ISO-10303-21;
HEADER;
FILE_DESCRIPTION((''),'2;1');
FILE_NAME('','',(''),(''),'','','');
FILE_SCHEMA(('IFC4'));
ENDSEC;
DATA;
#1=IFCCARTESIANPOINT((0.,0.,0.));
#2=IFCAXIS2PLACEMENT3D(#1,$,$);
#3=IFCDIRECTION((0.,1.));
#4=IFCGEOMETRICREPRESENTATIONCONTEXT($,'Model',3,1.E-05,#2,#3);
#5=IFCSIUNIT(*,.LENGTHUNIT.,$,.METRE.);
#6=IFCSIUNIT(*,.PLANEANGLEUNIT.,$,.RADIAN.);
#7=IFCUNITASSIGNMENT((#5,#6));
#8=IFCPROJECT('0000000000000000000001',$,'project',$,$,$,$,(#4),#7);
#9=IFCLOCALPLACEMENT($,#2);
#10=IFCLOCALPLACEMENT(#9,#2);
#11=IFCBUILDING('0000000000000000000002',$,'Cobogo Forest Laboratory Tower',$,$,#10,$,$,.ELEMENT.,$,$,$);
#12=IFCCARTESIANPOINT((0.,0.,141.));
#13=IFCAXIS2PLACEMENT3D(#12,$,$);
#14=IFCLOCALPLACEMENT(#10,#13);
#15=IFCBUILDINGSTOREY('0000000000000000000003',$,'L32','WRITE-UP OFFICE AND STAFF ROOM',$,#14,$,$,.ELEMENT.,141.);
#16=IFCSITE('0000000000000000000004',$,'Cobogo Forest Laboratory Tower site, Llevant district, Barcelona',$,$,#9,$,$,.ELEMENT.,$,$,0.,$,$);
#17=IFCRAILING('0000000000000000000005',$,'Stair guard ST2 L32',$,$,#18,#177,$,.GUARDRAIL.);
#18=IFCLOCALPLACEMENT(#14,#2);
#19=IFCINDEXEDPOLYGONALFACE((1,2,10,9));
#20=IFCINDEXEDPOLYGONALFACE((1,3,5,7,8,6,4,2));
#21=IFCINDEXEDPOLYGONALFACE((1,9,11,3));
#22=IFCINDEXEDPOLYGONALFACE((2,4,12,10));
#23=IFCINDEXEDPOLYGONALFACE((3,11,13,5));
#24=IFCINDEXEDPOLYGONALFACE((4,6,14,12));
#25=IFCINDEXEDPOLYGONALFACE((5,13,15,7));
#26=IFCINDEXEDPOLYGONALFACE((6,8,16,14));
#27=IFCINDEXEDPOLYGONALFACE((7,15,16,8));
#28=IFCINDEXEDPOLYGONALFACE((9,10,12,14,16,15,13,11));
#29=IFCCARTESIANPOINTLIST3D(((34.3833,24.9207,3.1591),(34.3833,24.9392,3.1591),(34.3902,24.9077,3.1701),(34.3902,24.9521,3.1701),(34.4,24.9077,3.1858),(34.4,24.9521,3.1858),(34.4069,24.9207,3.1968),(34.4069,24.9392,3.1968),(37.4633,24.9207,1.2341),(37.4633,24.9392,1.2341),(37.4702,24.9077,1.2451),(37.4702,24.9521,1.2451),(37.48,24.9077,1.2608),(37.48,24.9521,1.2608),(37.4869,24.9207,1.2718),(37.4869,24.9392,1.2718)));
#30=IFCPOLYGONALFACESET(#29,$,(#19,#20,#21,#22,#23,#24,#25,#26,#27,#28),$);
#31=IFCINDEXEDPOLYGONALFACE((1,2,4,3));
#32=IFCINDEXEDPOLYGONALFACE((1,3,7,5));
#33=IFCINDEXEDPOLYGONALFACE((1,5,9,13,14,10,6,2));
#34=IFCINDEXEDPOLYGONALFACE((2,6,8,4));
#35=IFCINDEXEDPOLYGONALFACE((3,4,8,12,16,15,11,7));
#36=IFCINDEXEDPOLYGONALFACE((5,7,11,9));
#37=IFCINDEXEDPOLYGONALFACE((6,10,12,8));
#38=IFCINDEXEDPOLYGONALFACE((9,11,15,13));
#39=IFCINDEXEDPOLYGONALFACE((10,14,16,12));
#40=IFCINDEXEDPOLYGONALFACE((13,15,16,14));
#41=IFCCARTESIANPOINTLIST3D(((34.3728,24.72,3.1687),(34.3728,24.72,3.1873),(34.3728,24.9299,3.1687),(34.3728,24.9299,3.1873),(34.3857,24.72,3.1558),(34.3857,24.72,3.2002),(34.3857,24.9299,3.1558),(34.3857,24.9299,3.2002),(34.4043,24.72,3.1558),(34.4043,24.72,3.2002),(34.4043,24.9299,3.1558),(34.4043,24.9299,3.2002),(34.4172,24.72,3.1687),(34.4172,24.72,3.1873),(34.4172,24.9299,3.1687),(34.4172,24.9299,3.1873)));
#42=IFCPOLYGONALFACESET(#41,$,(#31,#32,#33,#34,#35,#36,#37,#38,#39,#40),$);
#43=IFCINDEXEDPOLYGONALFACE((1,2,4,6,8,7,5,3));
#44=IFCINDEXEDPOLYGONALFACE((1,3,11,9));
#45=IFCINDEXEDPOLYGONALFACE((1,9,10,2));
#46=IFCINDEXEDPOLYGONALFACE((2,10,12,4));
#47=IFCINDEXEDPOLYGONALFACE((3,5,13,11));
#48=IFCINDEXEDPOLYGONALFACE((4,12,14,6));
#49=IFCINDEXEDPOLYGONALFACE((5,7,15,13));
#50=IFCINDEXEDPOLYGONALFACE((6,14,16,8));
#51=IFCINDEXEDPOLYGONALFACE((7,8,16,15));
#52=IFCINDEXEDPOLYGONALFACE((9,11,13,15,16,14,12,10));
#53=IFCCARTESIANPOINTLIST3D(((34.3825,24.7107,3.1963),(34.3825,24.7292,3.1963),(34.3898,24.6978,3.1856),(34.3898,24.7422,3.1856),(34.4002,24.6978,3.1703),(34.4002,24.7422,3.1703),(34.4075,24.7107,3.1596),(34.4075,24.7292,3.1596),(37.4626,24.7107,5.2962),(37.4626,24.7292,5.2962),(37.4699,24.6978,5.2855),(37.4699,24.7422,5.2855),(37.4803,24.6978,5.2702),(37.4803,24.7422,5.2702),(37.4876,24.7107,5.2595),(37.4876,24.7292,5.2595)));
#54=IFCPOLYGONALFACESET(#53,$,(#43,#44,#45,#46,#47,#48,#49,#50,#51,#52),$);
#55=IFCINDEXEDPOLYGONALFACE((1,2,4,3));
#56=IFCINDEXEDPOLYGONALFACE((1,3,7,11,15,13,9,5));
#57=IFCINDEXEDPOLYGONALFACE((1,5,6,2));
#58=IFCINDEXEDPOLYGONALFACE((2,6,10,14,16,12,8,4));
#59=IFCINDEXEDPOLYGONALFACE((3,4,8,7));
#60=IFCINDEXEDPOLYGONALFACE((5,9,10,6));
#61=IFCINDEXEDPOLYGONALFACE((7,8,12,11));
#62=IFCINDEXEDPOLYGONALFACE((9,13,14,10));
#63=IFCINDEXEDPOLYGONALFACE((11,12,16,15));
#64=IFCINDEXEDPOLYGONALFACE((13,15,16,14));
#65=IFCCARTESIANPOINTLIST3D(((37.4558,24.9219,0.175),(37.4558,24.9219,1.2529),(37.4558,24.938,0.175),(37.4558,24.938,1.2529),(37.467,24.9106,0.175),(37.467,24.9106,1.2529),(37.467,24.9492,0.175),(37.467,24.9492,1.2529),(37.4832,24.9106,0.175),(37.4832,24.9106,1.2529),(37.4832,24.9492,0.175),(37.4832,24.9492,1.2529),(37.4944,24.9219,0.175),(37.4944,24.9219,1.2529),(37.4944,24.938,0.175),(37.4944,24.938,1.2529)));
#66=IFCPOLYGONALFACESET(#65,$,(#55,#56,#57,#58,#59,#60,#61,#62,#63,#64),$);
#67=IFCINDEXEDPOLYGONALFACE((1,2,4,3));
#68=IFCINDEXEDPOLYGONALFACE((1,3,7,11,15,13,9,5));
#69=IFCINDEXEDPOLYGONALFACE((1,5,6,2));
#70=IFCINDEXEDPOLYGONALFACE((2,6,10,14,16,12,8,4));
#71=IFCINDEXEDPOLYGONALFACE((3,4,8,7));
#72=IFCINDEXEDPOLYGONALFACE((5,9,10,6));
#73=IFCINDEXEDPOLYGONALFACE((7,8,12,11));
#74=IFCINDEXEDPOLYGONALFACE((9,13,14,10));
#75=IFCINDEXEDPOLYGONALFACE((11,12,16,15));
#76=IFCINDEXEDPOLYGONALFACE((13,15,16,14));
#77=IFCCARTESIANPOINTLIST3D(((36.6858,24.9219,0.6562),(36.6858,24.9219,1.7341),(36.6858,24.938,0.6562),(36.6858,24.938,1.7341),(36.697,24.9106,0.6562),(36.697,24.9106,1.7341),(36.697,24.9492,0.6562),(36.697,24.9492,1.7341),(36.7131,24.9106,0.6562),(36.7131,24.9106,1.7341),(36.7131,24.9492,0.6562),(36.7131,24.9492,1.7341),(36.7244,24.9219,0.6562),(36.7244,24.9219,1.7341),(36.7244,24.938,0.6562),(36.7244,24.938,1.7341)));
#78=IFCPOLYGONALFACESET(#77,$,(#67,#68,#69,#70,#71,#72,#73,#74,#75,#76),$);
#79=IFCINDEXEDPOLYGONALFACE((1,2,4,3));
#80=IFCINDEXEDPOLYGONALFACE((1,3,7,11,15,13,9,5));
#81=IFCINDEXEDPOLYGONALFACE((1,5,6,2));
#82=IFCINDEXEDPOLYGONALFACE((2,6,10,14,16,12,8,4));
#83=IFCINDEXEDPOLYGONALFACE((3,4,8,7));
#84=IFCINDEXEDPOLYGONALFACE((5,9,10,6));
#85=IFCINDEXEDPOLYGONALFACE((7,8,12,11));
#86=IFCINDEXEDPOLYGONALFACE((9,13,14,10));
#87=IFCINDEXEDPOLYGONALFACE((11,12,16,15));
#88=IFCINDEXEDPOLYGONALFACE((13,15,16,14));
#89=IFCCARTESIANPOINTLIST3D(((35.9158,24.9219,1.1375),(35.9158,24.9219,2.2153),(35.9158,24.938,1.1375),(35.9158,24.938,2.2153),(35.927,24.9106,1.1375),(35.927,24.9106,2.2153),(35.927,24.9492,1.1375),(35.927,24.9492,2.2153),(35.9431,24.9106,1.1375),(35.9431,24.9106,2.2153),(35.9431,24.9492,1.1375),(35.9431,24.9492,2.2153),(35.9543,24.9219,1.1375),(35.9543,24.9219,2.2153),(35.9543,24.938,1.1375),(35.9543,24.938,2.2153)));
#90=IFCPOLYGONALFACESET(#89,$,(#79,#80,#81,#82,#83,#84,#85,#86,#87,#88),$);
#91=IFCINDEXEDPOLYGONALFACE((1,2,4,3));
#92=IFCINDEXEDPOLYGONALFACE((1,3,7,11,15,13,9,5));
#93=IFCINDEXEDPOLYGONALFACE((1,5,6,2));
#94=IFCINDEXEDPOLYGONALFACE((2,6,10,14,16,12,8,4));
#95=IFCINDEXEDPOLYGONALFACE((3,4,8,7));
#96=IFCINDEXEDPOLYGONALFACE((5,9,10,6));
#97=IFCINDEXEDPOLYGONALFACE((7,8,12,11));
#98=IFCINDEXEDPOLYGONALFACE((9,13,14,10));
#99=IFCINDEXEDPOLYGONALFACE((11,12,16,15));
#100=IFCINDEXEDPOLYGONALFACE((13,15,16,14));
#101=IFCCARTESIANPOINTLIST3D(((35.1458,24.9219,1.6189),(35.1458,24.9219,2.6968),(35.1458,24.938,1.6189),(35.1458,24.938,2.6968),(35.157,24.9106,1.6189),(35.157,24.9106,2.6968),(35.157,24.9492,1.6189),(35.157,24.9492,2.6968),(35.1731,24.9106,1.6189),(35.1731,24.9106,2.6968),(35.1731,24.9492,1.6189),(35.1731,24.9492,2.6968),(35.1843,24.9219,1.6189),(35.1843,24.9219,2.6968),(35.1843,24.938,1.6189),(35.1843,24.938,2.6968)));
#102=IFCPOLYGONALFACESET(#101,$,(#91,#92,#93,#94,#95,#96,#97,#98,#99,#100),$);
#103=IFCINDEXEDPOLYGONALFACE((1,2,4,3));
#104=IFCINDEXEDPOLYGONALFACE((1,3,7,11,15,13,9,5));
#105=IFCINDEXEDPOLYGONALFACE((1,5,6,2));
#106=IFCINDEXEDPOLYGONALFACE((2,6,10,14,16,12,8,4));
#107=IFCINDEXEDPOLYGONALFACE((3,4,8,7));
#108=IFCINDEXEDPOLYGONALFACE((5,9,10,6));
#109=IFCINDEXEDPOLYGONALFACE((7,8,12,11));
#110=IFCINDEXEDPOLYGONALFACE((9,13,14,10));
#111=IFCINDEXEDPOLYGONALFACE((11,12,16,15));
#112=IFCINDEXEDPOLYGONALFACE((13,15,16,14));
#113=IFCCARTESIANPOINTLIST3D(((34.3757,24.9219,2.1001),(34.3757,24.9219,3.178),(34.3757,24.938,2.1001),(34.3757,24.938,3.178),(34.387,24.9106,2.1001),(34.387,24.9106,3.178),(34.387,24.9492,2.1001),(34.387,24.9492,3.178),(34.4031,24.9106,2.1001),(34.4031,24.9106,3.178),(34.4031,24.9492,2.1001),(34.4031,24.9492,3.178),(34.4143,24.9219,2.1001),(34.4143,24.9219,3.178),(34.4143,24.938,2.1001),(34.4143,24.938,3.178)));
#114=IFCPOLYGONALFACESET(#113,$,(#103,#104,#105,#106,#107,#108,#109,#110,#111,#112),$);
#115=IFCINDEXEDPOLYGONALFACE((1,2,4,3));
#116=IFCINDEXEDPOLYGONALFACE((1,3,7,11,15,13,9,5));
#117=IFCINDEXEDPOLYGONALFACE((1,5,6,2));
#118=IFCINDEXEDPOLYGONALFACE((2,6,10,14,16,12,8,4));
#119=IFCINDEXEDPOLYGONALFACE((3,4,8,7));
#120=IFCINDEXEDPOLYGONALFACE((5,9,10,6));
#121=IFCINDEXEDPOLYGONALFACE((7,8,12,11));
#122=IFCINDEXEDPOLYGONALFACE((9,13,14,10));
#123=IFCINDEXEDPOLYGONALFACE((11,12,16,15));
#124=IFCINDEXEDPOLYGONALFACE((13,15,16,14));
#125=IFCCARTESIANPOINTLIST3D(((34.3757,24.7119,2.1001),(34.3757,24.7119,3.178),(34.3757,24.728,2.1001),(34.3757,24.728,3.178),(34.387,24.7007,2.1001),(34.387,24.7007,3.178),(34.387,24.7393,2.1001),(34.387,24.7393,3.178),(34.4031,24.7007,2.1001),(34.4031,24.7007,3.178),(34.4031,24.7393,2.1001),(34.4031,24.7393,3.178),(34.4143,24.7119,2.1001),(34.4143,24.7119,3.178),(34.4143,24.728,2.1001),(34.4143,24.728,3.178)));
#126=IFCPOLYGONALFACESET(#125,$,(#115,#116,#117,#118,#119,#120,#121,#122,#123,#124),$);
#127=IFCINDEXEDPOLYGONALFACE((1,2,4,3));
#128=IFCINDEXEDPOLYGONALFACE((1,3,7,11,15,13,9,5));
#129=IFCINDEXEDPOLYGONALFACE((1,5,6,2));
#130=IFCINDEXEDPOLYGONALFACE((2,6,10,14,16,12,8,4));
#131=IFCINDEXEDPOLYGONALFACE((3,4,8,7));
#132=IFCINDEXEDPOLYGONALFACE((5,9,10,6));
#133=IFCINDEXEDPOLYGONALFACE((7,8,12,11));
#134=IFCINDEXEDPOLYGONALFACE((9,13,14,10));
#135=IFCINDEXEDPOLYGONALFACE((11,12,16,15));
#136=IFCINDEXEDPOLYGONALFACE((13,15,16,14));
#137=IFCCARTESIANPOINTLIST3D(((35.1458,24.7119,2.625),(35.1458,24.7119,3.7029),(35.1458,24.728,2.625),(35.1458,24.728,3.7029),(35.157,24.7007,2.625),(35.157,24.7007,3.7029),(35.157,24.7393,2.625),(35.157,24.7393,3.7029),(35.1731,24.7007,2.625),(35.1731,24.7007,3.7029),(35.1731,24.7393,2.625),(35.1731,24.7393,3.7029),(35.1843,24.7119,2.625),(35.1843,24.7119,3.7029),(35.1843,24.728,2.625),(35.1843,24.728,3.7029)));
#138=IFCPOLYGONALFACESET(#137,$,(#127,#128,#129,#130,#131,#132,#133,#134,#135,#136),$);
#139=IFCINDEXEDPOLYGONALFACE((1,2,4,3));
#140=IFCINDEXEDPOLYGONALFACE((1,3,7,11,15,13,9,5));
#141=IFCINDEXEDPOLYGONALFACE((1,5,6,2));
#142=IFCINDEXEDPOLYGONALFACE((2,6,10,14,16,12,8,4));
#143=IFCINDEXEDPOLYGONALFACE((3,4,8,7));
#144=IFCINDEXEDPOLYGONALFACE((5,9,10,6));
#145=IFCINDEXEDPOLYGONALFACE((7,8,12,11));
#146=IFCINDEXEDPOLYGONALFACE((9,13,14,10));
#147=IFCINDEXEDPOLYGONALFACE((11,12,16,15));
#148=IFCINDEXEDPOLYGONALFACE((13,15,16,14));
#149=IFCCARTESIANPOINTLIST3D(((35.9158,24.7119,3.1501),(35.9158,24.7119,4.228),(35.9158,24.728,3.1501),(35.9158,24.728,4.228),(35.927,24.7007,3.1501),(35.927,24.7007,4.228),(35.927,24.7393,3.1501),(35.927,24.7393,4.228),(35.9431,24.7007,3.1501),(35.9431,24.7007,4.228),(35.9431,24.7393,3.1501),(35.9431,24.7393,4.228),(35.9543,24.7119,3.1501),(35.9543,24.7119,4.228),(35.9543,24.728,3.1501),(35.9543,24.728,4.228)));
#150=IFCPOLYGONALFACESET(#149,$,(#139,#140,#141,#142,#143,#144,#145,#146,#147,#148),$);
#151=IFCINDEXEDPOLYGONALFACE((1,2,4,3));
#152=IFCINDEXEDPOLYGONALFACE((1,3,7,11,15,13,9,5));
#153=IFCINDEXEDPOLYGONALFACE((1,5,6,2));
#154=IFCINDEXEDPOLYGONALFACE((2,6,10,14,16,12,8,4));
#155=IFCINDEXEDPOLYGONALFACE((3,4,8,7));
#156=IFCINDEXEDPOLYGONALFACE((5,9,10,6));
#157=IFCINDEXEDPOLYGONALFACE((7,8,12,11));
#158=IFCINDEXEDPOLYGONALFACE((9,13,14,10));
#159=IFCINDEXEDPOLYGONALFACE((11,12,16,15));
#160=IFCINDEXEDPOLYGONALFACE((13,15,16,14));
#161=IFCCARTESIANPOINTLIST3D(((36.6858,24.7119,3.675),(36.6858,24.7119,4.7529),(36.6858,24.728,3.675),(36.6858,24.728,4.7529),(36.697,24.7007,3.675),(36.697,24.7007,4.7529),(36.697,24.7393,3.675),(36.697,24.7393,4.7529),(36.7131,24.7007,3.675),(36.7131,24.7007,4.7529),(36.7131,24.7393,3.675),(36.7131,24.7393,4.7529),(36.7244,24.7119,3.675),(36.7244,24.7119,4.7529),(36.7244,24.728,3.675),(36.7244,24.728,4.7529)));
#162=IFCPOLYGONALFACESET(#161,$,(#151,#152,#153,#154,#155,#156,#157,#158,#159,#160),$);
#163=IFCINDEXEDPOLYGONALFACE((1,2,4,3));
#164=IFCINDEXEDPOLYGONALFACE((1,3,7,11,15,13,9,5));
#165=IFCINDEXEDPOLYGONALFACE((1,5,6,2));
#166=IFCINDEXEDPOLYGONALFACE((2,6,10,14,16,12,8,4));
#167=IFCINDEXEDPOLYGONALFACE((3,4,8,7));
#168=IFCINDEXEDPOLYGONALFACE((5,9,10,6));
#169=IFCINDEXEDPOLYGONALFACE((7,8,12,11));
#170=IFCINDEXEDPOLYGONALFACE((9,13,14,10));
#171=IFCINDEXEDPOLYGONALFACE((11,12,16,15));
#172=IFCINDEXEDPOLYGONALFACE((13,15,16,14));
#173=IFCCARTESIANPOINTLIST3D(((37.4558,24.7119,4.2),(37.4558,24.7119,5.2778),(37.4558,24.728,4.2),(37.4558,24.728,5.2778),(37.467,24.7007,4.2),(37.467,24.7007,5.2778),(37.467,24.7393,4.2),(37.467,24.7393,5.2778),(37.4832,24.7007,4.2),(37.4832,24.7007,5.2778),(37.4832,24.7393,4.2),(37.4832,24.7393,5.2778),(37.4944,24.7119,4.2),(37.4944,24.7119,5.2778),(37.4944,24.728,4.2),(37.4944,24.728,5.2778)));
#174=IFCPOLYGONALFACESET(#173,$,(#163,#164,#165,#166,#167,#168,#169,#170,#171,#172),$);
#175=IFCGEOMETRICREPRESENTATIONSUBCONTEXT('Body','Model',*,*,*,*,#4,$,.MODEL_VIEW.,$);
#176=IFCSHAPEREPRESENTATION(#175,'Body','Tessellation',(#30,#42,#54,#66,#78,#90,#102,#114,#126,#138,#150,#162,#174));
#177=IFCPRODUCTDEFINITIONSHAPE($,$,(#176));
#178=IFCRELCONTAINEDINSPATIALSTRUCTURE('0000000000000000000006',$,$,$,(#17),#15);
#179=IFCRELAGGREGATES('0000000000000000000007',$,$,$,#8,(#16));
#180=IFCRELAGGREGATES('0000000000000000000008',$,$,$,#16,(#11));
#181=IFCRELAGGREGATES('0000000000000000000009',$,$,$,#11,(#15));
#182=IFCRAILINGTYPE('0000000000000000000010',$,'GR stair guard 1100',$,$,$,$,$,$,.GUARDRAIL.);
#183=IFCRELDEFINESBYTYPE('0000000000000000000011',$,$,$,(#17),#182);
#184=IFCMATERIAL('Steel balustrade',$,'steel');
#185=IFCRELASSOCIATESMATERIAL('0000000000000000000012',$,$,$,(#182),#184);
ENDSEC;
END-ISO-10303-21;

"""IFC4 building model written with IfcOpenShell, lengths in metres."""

from ifc_helpers import new_model, si_unit, direction, frame, origin, place, context, subcontext, project, spatial, polyline, outline, extrude, material, type_object, element, save


model = new_model("IFC4")

# Units and contexts
model_context = context("Model", 3, precision=1e-05, world=origin(), true_north=direction((0.0, 1.0)))
body_context = subcontext(model_context, "Body", "Model", "MODEL_VIEW")
ifc_project = project(units=[si_unit("LENGTHUNIT", "METRE"), si_unit("PLANEANGLEUNIT", "RADIAN")], contexts=[model_context])

# Site, building, storey
site_placement = place(None, origin())
site = spatial("IfcSite", under=ifc_project, at=site_placement, Name="Cobogo Forest Laboratory Tower site, Llevant district, Barcelona", CompositionType="ELEMENT", RefElevation=0.0)
building_placement = place(site_placement, origin())
building = spatial("IfcBuilding", under=site, at=building_placement, Name="Cobogo Forest Laboratory Tower", CompositionType="ELEMENT")
storey_placement = place(building_placement, frame((0.0, 0.0, 141.0)))
storey = spatial("IfcBuildingStorey", under=building, at=storey_placement, Name="L32", Description="WRITE-UP OFFICE AND STAFF ROOM", CompositionType="ELEMENT", Elevation=141.0)

# Railing
ifc_material_1 = material(Name="Steel balustrade", Category="steel")
railing_type_1 = type_object("IfcRailingType", Name="GR stair guard 1100", PredefinedType="GUARDRAIL", material=ifc_material_1)
railing_1_placement = place(storey_placement, frame((37.4751, 24.9299, 0.175)))
element("IfcRailing", 1, at=railing_1_placement, inside=storey, type_object=railing_type_1, Name="Stair guard ST2 L32", PredefinedType="GUARDRAIL", context=body_context, shape_type="SweptSolid", body=[
    extrude(outline(polyline([(0.0222, 0.0093), (0.0093, 0.0222), (-0.0093, 0.0222), (-0.0222, 0.0093), (-0.0222, -0.0093), (-0.0093, -0.0222), (0.0093, -0.0222), (0.0222, -0.0093), (0.0222, 0.0093)])), frame((0.0, 0.0, 1.0779), z_axis=(-0.847998, 0.0, 0.529999), x_axis=(0.0, -1.0, 0.0)), (0.0, 0.0, 1.0), 3.6321),
    extrude(outline(polyline([(0.0222, 0.0093), (0.0093, 0.0222), (-0.0093, 0.0222), (-0.0222, 0.0093), (-0.0222, -0.0093), (-0.0093, -0.0222), (0.0093, -0.0222), (0.0222, -0.0093), (0.0222, 0.0093)])), frame((-3.0801, 0.0, 3.0029), z_axis=(0.0, -1.0, 0.0), x_axis=(1.0, 0.0, 0.0)), (0.0, 0.0, 1.0), 0.21),
    extrude(outline(polyline([(0.0222, 0.0093), (0.0093, 0.0222), (-0.0093, 0.0222), (-0.0222, 0.0093), (-0.0222, -0.0093), (-0.0093, -0.0222), (0.0093, -0.0222), (0.0222, -0.0093), (0.0222, 0.0093)])), frame((-3.0801, -0.21, 3.0029), z_axis=(0.826252, 0.0, 0.5633), x_axis=(0.0, 1.0, 0.0)), (0.0, 0.0, 1.0), 3.7278),
    extrude(outline(polyline([(0.0193, 0.0081), (0.0081, 0.0193), (-0.0081, 0.0193), (-0.0193, 0.0081), (-0.0193, -0.0081), (-0.0081, -0.0193), (0.0081, -0.0193), (0.0193, -0.0081), (0.0193, 0.0081)])), origin(), (0.0, 0.0, 1.0), 1.0779),
    extrude(outline(polyline([(0.0193, 0.0081), (0.0081, 0.0193), (-0.0081, 0.0193), (-0.0193, 0.0081), (-0.0193, -0.0081), (-0.0081, -0.0193), (0.0081, -0.0193), (0.0193, -0.0081), (0.0193, 0.0081)])), frame((-0.77, 0.0, 0.4812)), (0.0, 0.0, 1.0), 1.0779),
    extrude(outline(polyline([(0.0193, 0.0081), (0.0081, 0.0193), (-0.0081, 0.0193), (-0.0193, 0.0081), (-0.0193, -0.0081), (-0.0081, -0.0193), (0.0081, -0.0193), (0.0193, -0.0081), (0.0193, 0.0081)])), frame((-1.54, 0.0, 0.9624)), (0.0, 0.0, 1.0), 1.0779),
    extrude(outline(polyline([(0.0193, 0.0081), (0.0081, 0.0193), (-0.0081, 0.0193), (-0.0193, 0.0081), (-0.0193, -0.0081), (-0.0081, -0.0193), (0.0081, -0.0193), (0.0193, -0.0081), (0.0193, 0.0081)])), frame((-2.3101, 0.0, 1.4438)), (0.0, 0.0, 1.0), 1.0779),
    extrude(outline(polyline([(0.0193, 0.0081), (0.0081, 0.0193), (-0.0081, 0.0193), (-0.0193, 0.0081), (-0.0193, -0.0081), (-0.0081, -0.0193), (0.0081, -0.0193), (0.0193, -0.0081), (0.0193, 0.0081)])), frame((-3.0801, 0.0, 1.925)), (0.0, 0.0, 1.0), 1.0779),
    extrude(outline(polyline([(0.0193, 0.0081), (0.0081, 0.0193), (-0.0081, 0.0193), (-0.0193, 0.0081), (-0.0193, -0.0081), (-0.0081, -0.0193), (0.0081, -0.0193), (0.0193, -0.0081), (0.0193, 0.0081)])), frame((-3.0801, -0.21, 1.925)), (0.0, 0.0, 1.0), 1.0779),
    extrude(outline(polyline([(0.0193, 0.0081), (0.0081, 0.0193), (-0.0081, 0.0193), (-0.0193, 0.0081), (-0.0193, -0.0081), (-0.0081, -0.0193), (0.0081, -0.0193), (0.0193, -0.0081), (0.0193, 0.0081)])), frame((-2.3101, -0.21, 2.45)), (0.0, 0.0, 1.0), 1.0779),
    extrude(outline(polyline([(0.0193, 0.0081), (0.0081, 0.0193), (-0.0081, 0.0193), (-0.0193, 0.0081), (-0.0193, -0.0081), (-0.0081, -0.0193), (0.0081, -0.0193), (0.0193, -0.0081), (0.0193, 0.0081)])), frame((-1.54, -0.21, 2.9751)), (0.0, 0.0, 1.0), 1.0779),
    extrude(outline(polyline([(0.0193, 0.0081), (0.0081, 0.0193), (-0.0081, 0.0193), (-0.0193, 0.0081), (-0.0193, -0.0081), (-0.0081, -0.0193), (0.0081, -0.0193), (0.0193, -0.0081), (0.0193, 0.0081)])), frame((-0.77, -0.21, 3.5)), (0.0, 0.0, 1.0), 1.0779),
    extrude(outline(polyline([(0.0193, 0.0081), (0.0081, 0.0193), (-0.0081, 0.0193), (-0.0193, 0.0081), (-0.0193, -0.0081), (-0.0081, -0.0193), (0.0081, -0.0193), (0.0193, -0.0081), (0.0193, 0.0081)])), frame((0.0, -0.21, 4.0249)), (0.0, 0.0, 1.0), 1.0779),
])

save(model, "model.ifc")
